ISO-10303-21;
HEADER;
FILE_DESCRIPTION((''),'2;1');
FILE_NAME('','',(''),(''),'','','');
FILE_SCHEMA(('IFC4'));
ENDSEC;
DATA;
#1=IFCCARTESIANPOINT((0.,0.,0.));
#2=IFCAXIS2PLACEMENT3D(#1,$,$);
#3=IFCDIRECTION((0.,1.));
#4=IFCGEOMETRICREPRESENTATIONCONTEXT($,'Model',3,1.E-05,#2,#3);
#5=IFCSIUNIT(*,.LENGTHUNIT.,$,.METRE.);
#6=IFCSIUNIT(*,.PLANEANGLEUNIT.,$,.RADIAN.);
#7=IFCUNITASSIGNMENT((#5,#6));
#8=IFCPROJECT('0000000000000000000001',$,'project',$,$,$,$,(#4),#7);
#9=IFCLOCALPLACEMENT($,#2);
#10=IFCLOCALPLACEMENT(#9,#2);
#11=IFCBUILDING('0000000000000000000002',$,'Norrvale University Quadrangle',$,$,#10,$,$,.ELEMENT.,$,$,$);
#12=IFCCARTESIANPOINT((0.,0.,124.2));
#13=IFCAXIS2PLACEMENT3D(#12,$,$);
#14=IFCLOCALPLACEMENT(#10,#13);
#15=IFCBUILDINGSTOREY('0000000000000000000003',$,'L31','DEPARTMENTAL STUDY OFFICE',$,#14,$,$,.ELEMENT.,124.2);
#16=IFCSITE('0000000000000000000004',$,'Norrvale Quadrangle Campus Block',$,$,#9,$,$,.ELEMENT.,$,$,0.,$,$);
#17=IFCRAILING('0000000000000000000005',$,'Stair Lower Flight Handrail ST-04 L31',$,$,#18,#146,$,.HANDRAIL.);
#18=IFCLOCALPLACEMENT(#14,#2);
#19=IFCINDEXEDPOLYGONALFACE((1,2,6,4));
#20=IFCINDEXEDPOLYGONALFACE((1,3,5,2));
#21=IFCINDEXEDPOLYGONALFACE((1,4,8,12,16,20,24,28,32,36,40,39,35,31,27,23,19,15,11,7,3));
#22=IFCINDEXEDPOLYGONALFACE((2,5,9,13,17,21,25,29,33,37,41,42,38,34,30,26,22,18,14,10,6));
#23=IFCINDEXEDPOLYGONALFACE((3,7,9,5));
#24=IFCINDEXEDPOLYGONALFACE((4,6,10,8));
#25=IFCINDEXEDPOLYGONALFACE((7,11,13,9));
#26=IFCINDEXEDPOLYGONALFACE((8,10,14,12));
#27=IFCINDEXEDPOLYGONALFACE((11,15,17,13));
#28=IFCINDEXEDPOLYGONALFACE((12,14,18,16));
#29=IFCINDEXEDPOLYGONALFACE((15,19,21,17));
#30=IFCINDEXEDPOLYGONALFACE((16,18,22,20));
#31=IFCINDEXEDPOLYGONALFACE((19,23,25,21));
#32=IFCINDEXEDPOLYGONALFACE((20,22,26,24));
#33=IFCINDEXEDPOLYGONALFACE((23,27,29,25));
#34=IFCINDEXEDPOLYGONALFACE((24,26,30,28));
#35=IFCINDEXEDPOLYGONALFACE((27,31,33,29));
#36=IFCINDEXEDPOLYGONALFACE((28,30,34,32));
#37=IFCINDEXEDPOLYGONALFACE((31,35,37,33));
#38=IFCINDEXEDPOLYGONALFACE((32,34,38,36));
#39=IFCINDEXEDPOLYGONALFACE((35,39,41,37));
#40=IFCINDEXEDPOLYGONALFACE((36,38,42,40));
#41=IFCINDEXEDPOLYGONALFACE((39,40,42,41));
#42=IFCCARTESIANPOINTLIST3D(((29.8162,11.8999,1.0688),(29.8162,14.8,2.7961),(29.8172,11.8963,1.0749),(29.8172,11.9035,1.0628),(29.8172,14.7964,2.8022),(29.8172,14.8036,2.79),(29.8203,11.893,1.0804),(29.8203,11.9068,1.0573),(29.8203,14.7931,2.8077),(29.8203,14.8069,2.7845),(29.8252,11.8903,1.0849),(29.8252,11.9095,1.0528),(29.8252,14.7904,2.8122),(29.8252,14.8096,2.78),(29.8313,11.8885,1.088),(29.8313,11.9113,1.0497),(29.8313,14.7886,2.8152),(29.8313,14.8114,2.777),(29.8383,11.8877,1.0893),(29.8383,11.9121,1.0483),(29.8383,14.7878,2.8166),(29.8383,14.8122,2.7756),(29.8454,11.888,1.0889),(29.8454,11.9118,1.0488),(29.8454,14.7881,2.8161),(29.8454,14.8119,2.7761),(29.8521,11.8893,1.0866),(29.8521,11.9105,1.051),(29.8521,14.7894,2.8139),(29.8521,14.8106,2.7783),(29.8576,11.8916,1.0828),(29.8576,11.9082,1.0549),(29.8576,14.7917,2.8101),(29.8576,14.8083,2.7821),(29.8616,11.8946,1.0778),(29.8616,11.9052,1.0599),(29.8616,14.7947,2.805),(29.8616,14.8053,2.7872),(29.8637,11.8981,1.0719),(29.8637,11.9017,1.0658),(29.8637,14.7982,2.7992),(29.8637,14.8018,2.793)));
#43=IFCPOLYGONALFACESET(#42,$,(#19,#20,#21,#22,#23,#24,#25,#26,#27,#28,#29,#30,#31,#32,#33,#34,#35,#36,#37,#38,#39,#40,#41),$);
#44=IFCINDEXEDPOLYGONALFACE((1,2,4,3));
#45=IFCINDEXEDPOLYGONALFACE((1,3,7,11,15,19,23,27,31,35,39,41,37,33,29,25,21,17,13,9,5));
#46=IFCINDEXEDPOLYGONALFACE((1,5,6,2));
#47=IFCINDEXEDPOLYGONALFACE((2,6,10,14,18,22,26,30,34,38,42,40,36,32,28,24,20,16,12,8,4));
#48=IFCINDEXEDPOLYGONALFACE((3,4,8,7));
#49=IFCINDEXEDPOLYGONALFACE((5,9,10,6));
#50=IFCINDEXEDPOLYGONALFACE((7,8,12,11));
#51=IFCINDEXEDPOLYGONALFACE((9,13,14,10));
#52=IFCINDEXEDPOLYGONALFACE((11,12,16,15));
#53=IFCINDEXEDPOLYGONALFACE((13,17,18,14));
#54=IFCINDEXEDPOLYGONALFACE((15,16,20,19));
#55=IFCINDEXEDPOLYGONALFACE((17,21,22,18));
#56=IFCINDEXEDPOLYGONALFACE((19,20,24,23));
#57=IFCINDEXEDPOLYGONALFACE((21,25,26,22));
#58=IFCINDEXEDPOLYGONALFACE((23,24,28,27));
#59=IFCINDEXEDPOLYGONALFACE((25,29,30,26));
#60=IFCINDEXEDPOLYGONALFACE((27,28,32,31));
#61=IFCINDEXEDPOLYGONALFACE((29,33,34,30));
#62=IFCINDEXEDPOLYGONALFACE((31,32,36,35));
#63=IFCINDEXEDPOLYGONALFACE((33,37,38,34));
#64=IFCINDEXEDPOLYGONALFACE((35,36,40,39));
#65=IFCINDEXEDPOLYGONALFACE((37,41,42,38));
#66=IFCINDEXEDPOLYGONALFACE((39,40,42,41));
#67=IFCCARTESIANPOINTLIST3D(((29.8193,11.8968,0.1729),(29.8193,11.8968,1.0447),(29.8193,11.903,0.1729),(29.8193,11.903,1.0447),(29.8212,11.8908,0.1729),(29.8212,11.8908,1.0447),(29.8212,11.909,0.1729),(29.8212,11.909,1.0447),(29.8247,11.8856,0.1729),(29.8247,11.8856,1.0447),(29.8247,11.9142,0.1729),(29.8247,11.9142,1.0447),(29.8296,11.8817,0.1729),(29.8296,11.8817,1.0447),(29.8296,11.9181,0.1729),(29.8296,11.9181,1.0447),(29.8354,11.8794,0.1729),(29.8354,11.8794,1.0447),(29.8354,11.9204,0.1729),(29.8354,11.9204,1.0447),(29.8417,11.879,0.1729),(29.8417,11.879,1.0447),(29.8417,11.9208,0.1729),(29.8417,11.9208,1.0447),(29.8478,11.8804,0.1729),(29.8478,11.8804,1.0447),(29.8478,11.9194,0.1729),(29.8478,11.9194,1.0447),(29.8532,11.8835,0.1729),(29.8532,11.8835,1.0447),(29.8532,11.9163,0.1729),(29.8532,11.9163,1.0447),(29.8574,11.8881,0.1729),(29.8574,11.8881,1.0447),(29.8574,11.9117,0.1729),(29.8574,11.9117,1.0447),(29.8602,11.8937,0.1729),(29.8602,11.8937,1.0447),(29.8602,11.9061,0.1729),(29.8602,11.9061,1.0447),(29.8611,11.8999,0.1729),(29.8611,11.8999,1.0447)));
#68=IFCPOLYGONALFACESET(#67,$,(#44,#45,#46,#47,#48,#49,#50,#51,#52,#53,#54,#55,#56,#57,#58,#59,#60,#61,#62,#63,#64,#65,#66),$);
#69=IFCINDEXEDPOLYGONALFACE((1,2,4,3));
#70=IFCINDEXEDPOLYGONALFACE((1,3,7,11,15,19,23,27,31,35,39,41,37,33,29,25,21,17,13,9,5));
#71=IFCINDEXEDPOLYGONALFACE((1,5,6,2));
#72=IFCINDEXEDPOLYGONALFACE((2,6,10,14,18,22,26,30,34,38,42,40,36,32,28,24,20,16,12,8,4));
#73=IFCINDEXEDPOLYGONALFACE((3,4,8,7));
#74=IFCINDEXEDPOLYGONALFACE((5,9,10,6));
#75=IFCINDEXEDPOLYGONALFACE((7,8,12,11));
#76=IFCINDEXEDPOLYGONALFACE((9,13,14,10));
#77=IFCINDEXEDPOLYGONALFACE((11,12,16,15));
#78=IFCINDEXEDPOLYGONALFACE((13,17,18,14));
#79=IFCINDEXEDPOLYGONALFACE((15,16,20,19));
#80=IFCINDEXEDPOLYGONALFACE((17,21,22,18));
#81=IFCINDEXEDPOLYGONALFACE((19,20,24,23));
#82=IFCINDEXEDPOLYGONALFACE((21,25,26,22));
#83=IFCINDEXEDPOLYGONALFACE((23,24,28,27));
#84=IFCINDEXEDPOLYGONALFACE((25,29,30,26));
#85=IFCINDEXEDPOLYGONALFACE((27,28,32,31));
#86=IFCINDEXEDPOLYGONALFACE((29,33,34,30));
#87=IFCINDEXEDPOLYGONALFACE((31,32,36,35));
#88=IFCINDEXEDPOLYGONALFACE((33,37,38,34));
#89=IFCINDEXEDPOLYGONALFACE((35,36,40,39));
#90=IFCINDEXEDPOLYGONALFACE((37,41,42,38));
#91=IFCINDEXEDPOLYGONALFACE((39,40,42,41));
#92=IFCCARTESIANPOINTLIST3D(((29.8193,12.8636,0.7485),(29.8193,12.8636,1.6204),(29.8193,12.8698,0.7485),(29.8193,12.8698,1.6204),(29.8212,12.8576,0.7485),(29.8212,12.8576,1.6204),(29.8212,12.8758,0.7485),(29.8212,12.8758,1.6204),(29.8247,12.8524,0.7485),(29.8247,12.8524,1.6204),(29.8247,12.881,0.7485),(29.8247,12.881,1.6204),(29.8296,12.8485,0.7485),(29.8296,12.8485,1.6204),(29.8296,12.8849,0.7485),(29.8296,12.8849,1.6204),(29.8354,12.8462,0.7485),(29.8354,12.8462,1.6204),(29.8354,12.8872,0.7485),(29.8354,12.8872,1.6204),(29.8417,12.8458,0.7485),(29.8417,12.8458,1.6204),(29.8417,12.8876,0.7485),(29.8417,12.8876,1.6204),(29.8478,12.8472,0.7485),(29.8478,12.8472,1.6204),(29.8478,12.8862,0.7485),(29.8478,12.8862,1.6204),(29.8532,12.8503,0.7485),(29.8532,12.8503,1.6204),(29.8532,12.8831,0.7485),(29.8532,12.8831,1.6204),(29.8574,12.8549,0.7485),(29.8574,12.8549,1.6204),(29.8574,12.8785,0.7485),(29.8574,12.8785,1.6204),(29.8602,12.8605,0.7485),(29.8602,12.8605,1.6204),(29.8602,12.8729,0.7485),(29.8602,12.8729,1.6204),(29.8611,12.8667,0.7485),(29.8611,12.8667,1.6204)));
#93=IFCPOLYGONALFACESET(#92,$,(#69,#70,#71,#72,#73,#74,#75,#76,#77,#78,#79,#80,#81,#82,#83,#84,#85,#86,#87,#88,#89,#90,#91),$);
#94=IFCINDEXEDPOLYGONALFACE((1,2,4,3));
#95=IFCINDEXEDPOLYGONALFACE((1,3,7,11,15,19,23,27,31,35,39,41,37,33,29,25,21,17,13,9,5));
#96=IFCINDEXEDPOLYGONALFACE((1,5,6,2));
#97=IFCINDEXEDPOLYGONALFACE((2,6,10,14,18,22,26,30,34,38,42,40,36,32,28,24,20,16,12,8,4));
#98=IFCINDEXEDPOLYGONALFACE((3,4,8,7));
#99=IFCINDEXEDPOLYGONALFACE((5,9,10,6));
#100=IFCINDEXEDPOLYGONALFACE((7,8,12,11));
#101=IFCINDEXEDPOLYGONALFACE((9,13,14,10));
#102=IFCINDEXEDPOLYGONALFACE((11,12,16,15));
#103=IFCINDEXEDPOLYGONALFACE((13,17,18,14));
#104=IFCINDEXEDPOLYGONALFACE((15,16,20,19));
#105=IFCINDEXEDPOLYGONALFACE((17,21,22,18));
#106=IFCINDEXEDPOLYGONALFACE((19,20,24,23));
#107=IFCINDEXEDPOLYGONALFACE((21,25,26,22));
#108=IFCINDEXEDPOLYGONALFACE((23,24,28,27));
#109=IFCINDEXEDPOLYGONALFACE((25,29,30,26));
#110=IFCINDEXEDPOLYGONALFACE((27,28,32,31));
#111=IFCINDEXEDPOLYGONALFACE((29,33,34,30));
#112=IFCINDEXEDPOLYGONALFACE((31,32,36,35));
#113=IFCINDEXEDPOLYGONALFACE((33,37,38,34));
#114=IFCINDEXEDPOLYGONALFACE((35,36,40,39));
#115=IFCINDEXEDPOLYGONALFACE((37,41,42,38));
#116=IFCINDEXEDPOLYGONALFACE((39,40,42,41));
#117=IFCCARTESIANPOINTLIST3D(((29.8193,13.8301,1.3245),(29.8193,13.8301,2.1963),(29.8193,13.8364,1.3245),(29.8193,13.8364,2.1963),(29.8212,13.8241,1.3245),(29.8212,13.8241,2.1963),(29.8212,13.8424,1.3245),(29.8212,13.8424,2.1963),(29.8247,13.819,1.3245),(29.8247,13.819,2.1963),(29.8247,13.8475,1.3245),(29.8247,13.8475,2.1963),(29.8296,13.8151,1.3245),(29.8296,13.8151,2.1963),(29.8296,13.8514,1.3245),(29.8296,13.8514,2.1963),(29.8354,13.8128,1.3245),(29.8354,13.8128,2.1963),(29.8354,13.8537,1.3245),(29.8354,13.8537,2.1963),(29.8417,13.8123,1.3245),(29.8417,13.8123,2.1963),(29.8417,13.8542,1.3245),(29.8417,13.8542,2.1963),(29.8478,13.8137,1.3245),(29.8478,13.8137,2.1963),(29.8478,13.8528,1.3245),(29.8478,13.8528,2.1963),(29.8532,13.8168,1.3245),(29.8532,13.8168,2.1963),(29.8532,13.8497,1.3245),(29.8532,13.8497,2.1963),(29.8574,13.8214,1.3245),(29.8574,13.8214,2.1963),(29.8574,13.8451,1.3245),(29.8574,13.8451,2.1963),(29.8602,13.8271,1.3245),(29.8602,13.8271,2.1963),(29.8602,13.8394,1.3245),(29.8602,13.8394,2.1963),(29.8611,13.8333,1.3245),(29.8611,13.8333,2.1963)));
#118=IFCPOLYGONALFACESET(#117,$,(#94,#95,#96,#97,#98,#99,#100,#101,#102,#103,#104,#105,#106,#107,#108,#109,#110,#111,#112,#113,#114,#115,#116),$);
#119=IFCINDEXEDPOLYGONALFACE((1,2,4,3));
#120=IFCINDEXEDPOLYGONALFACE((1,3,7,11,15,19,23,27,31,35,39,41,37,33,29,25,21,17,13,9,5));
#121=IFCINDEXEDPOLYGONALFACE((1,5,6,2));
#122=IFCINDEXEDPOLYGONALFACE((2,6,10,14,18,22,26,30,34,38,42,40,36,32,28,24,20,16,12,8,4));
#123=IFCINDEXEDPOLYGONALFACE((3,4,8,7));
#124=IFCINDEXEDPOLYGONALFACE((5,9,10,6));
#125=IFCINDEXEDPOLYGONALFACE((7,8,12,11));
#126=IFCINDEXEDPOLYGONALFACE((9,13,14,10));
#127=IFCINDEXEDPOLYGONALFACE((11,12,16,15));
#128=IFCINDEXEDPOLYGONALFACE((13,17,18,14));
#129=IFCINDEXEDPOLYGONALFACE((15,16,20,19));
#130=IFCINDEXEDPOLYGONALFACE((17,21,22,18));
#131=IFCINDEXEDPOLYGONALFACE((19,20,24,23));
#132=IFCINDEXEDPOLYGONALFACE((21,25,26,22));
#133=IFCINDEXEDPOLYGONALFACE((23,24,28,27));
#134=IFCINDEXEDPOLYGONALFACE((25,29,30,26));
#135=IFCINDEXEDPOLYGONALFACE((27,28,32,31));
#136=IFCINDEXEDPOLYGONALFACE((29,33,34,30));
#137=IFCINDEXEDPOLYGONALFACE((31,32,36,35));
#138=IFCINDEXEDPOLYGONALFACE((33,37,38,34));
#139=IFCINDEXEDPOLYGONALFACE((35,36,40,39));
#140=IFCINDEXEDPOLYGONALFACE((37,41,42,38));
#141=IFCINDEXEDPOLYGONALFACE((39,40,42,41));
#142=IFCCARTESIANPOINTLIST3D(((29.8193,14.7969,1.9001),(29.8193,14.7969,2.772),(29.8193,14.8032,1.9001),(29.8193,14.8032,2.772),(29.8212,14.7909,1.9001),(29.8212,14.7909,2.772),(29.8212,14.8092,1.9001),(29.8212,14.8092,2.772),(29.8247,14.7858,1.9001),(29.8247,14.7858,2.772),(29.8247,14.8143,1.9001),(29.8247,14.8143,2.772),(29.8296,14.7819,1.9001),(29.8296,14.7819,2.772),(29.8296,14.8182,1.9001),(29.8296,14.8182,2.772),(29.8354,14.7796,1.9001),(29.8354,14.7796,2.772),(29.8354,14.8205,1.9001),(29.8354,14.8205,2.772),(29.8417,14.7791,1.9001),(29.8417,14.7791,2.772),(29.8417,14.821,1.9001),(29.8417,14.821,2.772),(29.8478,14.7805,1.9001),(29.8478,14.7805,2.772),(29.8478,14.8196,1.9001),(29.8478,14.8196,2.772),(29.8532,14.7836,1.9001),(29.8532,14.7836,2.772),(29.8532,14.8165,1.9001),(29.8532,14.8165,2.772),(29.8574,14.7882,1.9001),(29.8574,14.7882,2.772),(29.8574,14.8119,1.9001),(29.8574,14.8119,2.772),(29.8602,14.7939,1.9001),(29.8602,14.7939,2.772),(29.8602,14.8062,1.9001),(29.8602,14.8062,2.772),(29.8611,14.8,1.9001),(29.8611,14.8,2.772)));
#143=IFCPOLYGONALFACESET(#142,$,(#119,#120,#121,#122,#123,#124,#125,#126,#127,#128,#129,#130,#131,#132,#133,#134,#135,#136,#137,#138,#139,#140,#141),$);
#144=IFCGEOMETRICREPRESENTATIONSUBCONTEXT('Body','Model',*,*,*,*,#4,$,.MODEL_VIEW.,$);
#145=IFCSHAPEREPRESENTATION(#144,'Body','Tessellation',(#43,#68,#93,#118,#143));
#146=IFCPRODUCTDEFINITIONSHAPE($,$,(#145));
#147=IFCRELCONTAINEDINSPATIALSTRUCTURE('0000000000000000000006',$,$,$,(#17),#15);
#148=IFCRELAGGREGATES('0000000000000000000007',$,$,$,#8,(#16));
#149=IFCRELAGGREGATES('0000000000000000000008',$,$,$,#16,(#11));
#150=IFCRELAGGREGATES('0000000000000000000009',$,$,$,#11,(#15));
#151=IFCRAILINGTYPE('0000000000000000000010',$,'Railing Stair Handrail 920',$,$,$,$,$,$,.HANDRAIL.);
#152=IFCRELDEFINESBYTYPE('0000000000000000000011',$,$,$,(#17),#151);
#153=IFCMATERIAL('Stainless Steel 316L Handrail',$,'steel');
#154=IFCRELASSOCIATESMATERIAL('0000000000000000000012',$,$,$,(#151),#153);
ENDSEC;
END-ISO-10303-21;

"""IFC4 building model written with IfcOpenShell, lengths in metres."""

from ifc_helpers import new_model, si_unit, direction, frame, origin, origin_2d, place, context, subcontext, project, spatial, circle, extrude, material, type_object, element, save


model = new_model("IFC4")

# Units and contexts
model_context = context("Model", 3, precision=1e-05, world=origin(), true_north=direction((0.0, 1.0)))
body_context = subcontext(model_context, "Body", "Model", "MODEL_VIEW")
ifc_project = project(units=[si_unit("LENGTHUNIT", "METRE"), si_unit("PLANEANGLEUNIT", "RADIAN")], contexts=[model_context])

# Site, building, storey
site_placement = place(None, origin())
site = spatial("IfcSite", under=ifc_project, at=site_placement, Name="Norrvale Quadrangle Campus Block", CompositionType="ELEMENT", RefElevation=0.0)
building_placement = place(site_placement, origin())
building = spatial("IfcBuilding", under=site, at=building_placement, Name="Norrvale University Quadrangle", CompositionType="ELEMENT")
storey_placement = place(building_placement, frame((0.0, 0.0, 124.2)))
storey = spatial("IfcBuildingStorey", under=building, at=storey_placement, Name="L31", Description="DEPARTMENTAL STUDY OFFICE", CompositionType="ELEMENT", Elevation=124.2)

# Railing
ifc_material_1 = material(Name="Stainless Steel 316L Handrail", Category="steel")
railing_type_1 = type_object("IfcRailingType", Name="Railing Stair Handrail 920", PredefinedType="HANDRAIL", material=ifc_material_1)
railing_1_placement = place(storey_placement, frame((29.8401, 11.8999, 0.1729)))
element("IfcRailing", 1, at=railing_1_placement, inside=storey, type_object=railing_type_1, Name="Stair Lower Flight Handrail ST-04 L31", PredefinedType="HANDRAIL", context=body_context, shape_type="SweptSolid", body=[
    extrude(circle(Radius=0.0239, at=origin_2d()), frame((0.0, 0.0, 0.896), z_axis=(0.0, 0.85916, 0.511706), x_axis=(-1.0, 0.0, 0.0)), (0.0, 0.0, 1.0), 3.3755),
    extrude(circle(Radius=0.021, at=origin_2d()), origin(), (0.0, 0.0, 1.0), 0.8718),
    extrude(circle(Radius=0.021, at=origin_2d()), frame((0.0, 0.9668, 0.5757)), (0.0, 0.0, 1.0), 0.8718),
    extrude(circle(Radius=0.021, at=origin_2d()), frame((0.0, 1.9333, 1.1516)), (0.0, 0.0, 1.0), 0.8718),
    extrude(circle(Radius=0.021, at=origin_2d()), frame((0.0, 2.9001, 1.7273)), (0.0, 0.0, 1.0), 0.8718),
])

save(model, "model.ifc")
